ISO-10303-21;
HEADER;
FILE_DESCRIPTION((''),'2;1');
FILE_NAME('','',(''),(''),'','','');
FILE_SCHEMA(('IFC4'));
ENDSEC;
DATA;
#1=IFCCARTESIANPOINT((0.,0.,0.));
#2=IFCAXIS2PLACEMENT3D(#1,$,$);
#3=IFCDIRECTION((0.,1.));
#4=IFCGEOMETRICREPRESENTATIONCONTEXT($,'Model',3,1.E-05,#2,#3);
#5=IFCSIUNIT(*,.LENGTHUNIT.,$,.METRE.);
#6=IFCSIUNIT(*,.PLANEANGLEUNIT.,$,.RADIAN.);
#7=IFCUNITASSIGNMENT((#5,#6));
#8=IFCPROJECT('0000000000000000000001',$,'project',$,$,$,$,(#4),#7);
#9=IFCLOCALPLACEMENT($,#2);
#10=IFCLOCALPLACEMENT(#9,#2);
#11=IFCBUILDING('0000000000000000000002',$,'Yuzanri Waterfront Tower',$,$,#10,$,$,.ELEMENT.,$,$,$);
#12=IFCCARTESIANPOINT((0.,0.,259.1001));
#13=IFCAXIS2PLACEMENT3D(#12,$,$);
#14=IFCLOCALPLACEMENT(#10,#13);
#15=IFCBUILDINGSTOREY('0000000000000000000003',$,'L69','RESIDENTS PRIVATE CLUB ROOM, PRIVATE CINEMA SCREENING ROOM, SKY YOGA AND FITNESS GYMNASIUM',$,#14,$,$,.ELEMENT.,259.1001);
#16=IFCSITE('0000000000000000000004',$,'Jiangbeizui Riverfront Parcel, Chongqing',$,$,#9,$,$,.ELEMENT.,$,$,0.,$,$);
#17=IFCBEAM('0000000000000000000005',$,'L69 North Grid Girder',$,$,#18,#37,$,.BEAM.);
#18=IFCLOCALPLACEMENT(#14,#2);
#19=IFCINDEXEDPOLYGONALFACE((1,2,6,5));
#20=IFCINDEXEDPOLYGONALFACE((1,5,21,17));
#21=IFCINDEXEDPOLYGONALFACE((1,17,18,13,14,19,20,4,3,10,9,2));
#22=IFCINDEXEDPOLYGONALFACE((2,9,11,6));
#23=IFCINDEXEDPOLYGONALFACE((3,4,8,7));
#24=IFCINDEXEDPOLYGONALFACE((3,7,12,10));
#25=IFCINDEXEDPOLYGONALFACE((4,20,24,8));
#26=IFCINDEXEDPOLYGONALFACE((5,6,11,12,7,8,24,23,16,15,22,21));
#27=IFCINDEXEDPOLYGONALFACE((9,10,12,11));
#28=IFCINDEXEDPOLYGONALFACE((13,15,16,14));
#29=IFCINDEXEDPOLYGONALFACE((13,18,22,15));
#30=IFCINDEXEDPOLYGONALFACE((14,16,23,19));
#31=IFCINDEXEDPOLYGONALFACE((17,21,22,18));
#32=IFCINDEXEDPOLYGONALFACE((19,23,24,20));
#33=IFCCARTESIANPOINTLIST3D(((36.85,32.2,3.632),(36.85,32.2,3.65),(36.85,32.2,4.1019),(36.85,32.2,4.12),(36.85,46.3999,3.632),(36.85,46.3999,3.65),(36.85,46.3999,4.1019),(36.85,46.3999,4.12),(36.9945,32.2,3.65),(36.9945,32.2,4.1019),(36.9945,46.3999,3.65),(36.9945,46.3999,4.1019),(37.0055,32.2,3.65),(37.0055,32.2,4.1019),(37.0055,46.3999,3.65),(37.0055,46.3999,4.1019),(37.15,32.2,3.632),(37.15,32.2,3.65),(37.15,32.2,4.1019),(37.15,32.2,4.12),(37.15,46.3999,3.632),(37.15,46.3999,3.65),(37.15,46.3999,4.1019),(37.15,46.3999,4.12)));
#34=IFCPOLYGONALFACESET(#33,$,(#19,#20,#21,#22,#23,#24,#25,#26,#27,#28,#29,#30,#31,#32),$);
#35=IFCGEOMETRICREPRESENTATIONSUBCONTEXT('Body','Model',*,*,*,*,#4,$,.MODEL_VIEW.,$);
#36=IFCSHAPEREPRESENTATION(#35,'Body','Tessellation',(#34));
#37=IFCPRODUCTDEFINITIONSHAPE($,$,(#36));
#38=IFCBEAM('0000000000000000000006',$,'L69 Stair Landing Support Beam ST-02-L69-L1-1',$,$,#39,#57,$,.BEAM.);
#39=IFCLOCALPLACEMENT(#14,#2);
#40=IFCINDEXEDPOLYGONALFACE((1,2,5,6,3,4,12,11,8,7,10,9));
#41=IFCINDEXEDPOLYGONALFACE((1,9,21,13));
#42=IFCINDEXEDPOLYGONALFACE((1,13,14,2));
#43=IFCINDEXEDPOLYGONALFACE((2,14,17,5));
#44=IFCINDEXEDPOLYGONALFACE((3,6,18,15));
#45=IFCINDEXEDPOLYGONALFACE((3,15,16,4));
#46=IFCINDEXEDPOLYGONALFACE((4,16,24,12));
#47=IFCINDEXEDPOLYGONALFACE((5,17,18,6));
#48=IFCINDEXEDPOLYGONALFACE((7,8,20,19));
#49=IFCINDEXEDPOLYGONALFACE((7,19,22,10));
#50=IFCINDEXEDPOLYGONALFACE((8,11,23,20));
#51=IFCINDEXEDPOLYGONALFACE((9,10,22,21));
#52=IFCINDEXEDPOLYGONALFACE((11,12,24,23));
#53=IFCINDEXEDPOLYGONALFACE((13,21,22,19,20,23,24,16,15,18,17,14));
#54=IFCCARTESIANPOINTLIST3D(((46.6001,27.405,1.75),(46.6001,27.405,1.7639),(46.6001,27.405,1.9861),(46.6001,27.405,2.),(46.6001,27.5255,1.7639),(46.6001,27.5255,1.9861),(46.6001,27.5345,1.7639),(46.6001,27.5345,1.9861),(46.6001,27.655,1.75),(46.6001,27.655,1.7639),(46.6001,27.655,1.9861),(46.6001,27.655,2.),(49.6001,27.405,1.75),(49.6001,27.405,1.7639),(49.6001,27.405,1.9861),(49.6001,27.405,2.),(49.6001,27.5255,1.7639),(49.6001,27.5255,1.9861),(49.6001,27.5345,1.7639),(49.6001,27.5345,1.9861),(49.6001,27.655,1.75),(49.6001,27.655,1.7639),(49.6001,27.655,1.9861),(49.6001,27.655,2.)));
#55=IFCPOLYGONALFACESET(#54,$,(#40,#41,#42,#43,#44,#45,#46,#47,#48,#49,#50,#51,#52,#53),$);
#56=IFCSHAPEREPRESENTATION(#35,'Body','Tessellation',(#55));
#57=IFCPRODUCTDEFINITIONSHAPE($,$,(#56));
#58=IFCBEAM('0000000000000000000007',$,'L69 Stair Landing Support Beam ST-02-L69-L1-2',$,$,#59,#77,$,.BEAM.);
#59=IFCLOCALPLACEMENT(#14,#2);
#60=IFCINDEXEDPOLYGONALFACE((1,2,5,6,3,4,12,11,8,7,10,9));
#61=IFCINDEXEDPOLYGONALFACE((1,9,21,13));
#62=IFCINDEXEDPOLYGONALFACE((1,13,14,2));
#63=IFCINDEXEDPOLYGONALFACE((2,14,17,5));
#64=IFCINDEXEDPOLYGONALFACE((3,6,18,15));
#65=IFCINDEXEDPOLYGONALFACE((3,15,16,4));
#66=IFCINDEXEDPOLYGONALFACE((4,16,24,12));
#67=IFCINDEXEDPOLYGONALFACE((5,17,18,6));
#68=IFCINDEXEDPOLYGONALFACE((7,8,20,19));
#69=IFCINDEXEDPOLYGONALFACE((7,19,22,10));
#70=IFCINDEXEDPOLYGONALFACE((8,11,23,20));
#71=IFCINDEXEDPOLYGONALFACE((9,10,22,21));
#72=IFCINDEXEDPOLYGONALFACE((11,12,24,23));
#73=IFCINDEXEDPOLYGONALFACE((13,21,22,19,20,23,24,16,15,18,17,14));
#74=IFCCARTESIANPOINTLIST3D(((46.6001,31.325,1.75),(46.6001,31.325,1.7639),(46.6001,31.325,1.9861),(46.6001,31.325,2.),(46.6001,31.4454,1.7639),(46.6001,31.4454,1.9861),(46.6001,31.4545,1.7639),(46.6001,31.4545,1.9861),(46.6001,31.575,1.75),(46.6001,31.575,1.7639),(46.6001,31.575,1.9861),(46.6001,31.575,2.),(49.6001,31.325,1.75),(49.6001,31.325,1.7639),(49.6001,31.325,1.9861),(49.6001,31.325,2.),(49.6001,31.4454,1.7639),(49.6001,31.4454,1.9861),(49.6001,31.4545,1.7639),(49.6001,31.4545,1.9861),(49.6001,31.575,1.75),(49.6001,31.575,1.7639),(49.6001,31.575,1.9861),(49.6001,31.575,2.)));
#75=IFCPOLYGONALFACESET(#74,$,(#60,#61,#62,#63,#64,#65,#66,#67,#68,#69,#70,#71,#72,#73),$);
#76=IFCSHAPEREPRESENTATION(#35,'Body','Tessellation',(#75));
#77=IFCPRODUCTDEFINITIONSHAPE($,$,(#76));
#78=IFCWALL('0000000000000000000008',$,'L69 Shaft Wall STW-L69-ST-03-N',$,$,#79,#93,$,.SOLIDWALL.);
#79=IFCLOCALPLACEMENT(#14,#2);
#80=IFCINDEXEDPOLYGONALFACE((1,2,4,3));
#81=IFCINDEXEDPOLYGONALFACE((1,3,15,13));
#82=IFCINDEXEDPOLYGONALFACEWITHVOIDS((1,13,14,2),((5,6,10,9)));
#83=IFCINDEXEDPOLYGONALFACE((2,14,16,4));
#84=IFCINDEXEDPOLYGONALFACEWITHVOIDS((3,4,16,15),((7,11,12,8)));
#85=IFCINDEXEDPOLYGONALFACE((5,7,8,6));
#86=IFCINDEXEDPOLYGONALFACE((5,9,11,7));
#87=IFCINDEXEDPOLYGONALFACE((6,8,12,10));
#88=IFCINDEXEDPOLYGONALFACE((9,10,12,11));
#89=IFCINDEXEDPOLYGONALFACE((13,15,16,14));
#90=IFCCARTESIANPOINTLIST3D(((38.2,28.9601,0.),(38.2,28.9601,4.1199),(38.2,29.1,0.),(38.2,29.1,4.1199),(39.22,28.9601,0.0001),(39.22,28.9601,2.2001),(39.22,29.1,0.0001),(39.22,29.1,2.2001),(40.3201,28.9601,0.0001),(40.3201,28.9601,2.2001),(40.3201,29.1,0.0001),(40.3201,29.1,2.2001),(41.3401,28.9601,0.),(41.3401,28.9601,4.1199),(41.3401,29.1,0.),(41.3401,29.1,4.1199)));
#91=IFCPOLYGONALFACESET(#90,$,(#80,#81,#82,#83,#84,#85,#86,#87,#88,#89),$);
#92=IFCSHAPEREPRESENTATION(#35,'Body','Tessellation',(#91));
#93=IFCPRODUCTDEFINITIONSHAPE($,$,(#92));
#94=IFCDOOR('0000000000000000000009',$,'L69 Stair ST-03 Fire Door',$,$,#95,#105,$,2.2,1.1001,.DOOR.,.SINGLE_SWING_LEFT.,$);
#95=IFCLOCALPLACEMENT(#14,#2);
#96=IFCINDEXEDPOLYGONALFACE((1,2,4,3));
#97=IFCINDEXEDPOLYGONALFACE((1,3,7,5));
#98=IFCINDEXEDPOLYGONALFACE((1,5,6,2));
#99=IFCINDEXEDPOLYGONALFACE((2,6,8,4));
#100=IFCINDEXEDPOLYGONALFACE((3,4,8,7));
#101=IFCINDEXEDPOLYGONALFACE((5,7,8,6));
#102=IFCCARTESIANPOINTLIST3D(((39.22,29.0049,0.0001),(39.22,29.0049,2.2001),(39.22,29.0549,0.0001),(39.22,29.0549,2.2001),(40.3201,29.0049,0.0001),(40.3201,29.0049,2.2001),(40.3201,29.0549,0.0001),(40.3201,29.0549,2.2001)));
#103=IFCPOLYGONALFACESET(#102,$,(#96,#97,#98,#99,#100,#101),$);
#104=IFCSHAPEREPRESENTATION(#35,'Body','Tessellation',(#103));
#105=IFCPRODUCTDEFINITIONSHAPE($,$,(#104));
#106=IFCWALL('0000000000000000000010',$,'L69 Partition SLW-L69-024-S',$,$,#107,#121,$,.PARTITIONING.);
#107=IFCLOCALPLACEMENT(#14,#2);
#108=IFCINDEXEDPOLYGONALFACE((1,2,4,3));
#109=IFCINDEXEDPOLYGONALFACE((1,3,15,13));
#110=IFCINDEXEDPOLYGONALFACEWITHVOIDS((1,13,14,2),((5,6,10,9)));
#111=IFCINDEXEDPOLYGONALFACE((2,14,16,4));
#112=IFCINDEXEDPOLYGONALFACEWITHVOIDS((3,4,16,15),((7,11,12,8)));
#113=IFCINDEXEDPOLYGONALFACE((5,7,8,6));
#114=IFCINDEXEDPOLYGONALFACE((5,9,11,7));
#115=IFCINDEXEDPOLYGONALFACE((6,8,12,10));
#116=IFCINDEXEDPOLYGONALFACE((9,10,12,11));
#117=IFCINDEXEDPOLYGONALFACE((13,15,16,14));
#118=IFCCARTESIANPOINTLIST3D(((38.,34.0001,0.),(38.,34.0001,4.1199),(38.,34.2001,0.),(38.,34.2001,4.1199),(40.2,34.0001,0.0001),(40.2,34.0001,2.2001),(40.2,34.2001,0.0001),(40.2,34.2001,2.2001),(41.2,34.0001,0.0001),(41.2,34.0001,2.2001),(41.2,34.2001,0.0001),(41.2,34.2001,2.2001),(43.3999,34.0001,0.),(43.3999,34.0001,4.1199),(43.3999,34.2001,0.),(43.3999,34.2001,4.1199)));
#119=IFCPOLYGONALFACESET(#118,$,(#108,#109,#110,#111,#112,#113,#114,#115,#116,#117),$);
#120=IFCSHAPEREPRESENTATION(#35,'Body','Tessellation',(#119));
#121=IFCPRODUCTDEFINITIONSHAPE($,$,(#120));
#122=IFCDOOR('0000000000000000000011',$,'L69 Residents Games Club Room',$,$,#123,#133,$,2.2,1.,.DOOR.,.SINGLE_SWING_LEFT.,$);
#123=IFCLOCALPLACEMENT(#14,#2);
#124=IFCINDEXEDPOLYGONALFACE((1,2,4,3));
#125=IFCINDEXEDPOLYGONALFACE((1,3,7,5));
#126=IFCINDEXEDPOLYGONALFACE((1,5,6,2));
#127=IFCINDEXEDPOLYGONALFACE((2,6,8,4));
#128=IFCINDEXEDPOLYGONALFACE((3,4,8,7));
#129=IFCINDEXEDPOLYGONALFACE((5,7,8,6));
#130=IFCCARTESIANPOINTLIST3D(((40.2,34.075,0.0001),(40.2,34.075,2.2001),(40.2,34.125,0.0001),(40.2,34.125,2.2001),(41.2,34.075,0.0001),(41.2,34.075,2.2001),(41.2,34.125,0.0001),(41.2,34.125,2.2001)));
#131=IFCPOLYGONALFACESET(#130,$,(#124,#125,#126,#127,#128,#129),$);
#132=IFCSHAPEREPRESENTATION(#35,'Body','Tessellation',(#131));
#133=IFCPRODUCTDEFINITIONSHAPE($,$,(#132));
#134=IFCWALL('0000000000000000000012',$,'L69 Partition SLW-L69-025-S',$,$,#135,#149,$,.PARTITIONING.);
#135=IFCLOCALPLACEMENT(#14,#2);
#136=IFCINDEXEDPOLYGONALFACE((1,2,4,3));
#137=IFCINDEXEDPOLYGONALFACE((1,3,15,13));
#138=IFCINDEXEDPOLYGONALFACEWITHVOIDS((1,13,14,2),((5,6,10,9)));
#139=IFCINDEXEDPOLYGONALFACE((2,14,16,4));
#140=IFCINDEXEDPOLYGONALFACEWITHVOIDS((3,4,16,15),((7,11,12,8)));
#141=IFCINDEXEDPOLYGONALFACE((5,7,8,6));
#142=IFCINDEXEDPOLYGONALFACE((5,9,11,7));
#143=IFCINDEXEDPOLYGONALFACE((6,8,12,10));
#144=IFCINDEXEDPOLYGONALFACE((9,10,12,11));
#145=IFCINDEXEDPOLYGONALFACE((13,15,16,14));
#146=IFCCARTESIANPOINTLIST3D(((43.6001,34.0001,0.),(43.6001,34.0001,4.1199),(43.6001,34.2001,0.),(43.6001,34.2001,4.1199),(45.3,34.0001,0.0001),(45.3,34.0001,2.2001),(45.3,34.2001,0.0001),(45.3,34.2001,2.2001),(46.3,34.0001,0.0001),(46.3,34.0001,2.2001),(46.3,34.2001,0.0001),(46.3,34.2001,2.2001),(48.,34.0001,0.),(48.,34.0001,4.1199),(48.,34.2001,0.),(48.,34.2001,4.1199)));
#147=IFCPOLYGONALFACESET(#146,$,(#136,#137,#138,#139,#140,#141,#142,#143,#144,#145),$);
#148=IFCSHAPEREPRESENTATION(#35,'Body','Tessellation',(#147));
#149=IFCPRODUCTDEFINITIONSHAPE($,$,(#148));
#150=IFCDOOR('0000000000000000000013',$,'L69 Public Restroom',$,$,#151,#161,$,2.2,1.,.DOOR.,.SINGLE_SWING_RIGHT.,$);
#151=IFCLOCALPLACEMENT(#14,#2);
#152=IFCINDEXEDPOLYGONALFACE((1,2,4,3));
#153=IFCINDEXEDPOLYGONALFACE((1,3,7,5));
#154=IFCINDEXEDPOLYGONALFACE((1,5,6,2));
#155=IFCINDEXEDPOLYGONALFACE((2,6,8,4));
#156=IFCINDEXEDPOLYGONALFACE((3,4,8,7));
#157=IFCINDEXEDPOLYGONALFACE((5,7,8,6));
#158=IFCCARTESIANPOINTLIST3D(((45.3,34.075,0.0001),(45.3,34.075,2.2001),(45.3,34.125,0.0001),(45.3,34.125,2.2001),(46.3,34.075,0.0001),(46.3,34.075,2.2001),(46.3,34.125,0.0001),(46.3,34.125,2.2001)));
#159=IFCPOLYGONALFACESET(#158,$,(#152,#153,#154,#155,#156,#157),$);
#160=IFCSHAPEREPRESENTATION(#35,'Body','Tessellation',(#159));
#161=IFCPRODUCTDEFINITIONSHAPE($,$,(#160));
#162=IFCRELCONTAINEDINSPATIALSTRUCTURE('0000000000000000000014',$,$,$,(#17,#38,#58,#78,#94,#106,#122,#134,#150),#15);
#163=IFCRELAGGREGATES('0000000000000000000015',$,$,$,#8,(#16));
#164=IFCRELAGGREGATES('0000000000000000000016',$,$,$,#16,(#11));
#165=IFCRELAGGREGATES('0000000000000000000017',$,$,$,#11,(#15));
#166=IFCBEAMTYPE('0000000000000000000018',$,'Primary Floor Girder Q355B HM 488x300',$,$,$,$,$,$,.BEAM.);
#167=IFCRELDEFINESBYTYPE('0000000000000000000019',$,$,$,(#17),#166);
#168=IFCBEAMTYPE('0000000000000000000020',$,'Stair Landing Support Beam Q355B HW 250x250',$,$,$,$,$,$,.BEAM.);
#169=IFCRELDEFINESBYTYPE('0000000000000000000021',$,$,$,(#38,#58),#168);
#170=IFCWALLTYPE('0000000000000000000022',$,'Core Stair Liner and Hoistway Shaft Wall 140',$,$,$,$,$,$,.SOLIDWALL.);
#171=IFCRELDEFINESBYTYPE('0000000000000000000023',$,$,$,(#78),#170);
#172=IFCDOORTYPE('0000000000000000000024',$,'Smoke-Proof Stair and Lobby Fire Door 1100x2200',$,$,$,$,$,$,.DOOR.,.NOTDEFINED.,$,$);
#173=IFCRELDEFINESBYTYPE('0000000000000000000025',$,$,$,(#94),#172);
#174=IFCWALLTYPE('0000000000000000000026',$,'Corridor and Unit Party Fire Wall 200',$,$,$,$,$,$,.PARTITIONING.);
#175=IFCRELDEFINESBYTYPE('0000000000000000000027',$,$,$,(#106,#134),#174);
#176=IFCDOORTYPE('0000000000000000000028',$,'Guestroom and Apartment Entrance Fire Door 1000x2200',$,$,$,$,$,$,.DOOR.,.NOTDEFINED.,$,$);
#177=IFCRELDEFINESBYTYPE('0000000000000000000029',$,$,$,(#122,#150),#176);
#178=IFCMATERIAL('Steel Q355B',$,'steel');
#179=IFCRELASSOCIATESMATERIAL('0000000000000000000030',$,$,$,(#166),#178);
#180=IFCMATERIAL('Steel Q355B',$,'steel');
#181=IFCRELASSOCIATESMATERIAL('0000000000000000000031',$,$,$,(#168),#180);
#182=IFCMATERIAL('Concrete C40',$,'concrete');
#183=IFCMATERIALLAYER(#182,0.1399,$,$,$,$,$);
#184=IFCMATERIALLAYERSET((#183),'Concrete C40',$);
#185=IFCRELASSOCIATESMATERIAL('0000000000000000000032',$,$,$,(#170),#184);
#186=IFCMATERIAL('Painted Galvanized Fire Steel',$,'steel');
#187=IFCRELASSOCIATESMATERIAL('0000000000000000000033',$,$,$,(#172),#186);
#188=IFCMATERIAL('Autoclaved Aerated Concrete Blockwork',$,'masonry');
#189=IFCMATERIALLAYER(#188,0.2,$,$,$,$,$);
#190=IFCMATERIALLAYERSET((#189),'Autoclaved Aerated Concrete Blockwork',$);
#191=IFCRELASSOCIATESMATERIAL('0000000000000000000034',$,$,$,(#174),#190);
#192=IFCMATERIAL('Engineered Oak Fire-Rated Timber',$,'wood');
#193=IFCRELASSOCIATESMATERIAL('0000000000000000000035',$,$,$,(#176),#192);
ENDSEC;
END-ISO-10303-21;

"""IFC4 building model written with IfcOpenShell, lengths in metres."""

from ifc_helpers import new_model, si_unit, direction, frame, frame_2d, origin, origin_2d, place, context, subcontext, project, spatial, rectangle, i_section, extrude, source, transform, mapped, material, layer, layer_set, material_profile, profile_set, type_object, element, fill, save


model = new_model("IFC4")

# Units and contexts
model_context = context("Model", 3, precision=1e-05, world=origin(), true_north=direction((0.0, 1.0)))
body_context = subcontext(model_context, "Body", "Model", "MODEL_VIEW")
ifc_project = project(units=[si_unit("LENGTHUNIT", "METRE"), si_unit("PLANEANGLEUNIT", "RADIAN")], contexts=[model_context])

# Site, building, storey
site_placement = place(None, origin())
site = spatial("IfcSite", under=ifc_project, at=site_placement, Name="Jiangbeizui Riverfront Parcel, Chongqing", CompositionType="ELEMENT", RefElevation=0.0)
building_placement = place(site_placement, origin())
building = spatial("IfcBuilding", under=site, at=building_placement, Name="Yuzanri Waterfront Tower", CompositionType="ELEMENT")
storey_placement = place(building_placement, frame((0.0, 0.0, 259.1001)))
storey = spatial("IfcBuildingStorey", under=building, at=storey_placement, Name="L69", Description="RESIDENTS PRIVATE CLUB ROOM, PRIVATE CINEMA SCREENING ROOM, SKY YOGA AND FITNESS GYMNASIUM", CompositionType="ELEMENT", Elevation=259.1001)

# Beams
ifc_material_1 = material(Name="Steel Q355B", Category="steel")
ifc_material_profile_1 = material_profile(ifc_material_1, i_section(OverallWidth=0.3, OverallDepth=0.488, WebThickness=0.011, FlangeThickness=0.0181, at=origin_2d()), Name="HM 488x300x11x18")
ifc_profile_set_1 = profile_set([ifc_material_profile_1], Name="Steel Q355B")
beam_type_1 = type_object("IfcBeamType", Name="Primary Floor Girder Q355B HM 488x300", PredefinedType="BEAM", material=ifc_profile_set_1)
shared_shape_1 = source(origin(), body_context, "Body", "SweptSolid", [
    extrude(i_section(OverallWidth=0.3, OverallDepth=0.488, WebThickness=0.011, FlangeThickness=0.0181, at=origin_2d()), origin(), (0.0, 0.0, 1.0), 14.2),
])
beam_placement = place(storey_placement, frame((37.0, 32.2, 3.876), z_axis=(0.0, 1.0, 0.0), x_axis=(-1.0, 0.0, 0.0)))
element("IfcBeam", 1, at=beam_placement, inside=storey, type_object=beam_type_1, Name="L69 North Grid Girder", PredefinedType="BEAM", context=body_context, shape_type="MappedRepresentation", body=[
    mapped(shared_shape_1, transform((0.0, 0.0, 0.0), scale=1.0)),
])
ifc_material_2 = material(Name="Steel Q355B", Category="steel")
ifc_material_profile_2 = material_profile(ifc_material_2, i_section(OverallWidth=0.25, OverallDepth=0.25, WebThickness=0.009, FlangeThickness=0.0139, at=origin_2d()), Name="HW 250x250x9x14")
ifc_profile_set_2 = profile_set([ifc_material_profile_2], Name="Steel Q355B")
beam_type_2 = type_object("IfcBeamType", Name="Stair Landing Support Beam Q355B HW 250x250", PredefinedType="BEAM", material=ifc_profile_set_2)
shared_shape_2 = source(origin(), body_context, "Body", "SweptSolid", [
    extrude(i_section(OverallWidth=0.25, OverallDepth=0.25, WebThickness=0.009, FlangeThickness=0.0139, at=origin_2d()), origin(), (0.0, 0.0, 1.0), 3.0),
])
for number, where, z_axis, x_axis, name in (
    (2, (46.6001, 27.53, 1.875), (1.0, 0.0, 0.0), (0.0, 1.0, 0.0), "L69 Stair Landing Support Beam ST-02-L69-L1-1"),
    (3, (46.6001, 31.45, 1.875), (1.0, 0.0, 0.0), (0.0, 1.0, 0.0), "L69 Stair Landing Support Beam ST-02-L69-L1-2"),
):
    element("IfcBeam", number, at=place(storey_placement, frame(where, z_axis=z_axis, x_axis=x_axis)), inside=storey, type_object=beam_type_2, Name=name, PredefinedType="BEAM", context=body_context, shape_type="MappedRepresentation", body=[
        mapped(shared_shape_2, transform((0.0, 0.0, 0.0), scale=1.0)),
    ])

# Walls, openings, doors
ifc_material_3 = material(Name="Concrete C40", Category="concrete")
ifc_layer_1 = layer(ifc_material_3, 0.1399)
ifc_layer_set_1 = layer_set([ifc_layer_1], Name="Concrete C40")
wall_type_1 = type_object("IfcWallType", Name="Core Stair Liner and Hoistway Shaft Wall 140", PredefinedType="SOLIDWALL", material=ifc_layer_set_1)
wall_1_placement = place(storey_placement, frame((38.2, 29.03, 0.0), z_axis=(0.0, 0.0, 1.0), x_axis=(1.0, 0.0, 0.0)))
wall_1 = element("IfcWall", 4, at=wall_1_placement, inside=storey, type_object=wall_type_1, Name="L69 Shaft Wall STW-L69-ST-03-N", PredefinedType="SOLIDWALL", context=body_context, shape_type="SweptSolid", body=[
    extrude(rectangle(XDim=3.1401, YDim=0.1399, at=frame_2d((1.5701, 0.0))), origin(), (0.0, 0.0, 1.0), 4.1199),
])
opening_1_placement = place(wall_1_placement, frame((1.02, 0.0, 0.0)))
opening_1 = element("IfcOpeningElement", 5, at=opening_1_placement, cuts=wall_1, PredefinedType="OPENING", context=body_context, shape_type="SweptSolid", body=[
    extrude(rectangle(XDim=1.1001, YDim=2.2, at=frame_2d((0.55, 1.1001))), frame((0.0, 0.085, 0.0), z_axis=(0.0, -1.0, 0.0), x_axis=(1.0, 0.0, 0.0)), (0.0, 0.0, 1.0), 0.1697),
])
ifc_material_4 = material(Name="Painted Galvanized Fire Steel", Category="steel")
door_type_1 = type_object("IfcDoorType", Name="Smoke-Proof Stair and Lobby Fire Door 1100x2200", OperationType="NOTDEFINED", PredefinedType="DOOR", material=ifc_material_4)
shared_shape_3 = source(origin(), body_context, "Body", "SweptSolid", [
    extrude(rectangle(XDim=1.1001, YDim=2.2, at=frame_2d((0.55, 1.1001))), frame((0.0, 0.0249, 0.0), z_axis=(0.0, -1.0, 0.0), x_axis=(1.0, 0.0, 0.0)), (0.0, 0.0, 1.0), 0.05),
])
door_1_placement = place(opening_1_placement, origin())
door_1 = element("IfcDoor", 6, at=door_1_placement, inside=storey, type_object=door_type_1, Name="L69 Stair ST-03 Fire Door", OperationType="SINGLE_SWING_LEFT", OverallHeight=2.2, OverallWidth=1.1001, PredefinedType="DOOR", context=body_context, shape_type="MappedRepresentation", body=[
    mapped(shared_shape_3, transform((0.0, 0.0, 0.0), scale=1.0)),
])
fill(opening_1, door_1)
ifc_material_5 = material(Name="Autoclaved Aerated Concrete Blockwork", Category="masonry")
ifc_layer_2 = layer(ifc_material_5, 0.2)
ifc_layer_set_2 = layer_set([ifc_layer_2], Name="Autoclaved Aerated Concrete Blockwork")
wall_type_2 = type_object("IfcWallType", Name="Corridor and Unit Party Fire Wall 200", PredefinedType="PARTITIONING", material=ifc_layer_set_2)
wall_2_placement = place(storey_placement, frame((38.0, 34.1001, 0.0), z_axis=(0.0, 0.0, 1.0), x_axis=(1.0, 0.0, 0.0)))
wall_2 = element("IfcWall", 7, at=wall_2_placement, inside=storey, type_object=wall_type_2, Name="L69 Partition SLW-L69-024-S", PredefinedType="PARTITIONING", context=body_context, shape_type="SweptSolid", body=[
    extrude(rectangle(XDim=5.3999, YDim=0.2, at=frame_2d((2.7, 0.0))), origin(), (0.0, 0.0, 1.0), 4.1199),
])
opening_2_placement = place(wall_2_placement, frame((2.2, 0.0, 0.0)))
opening_2 = element("IfcOpeningElement", 8, at=opening_2_placement, cuts=wall_2, PredefinedType="OPENING", context=body_context, shape_type="SweptSolid", body=[
    extrude(rectangle(XDim=1.0, YDim=2.2, at=frame_2d((0.5, 1.1001))), frame((0.0, 0.1147, 0.0), z_axis=(0.0, -1.0, 0.0), x_axis=(1.0, 0.0, 0.0)), (0.0, 0.0, 1.0), 0.2297),
])
ifc_material_6 = material(Name="Engineered Oak Fire-Rated Timber", Category="wood")
door_type_2 = type_object("IfcDoorType", Name="Guestroom and Apartment Entrance Fire Door 1000x2200", OperationType="NOTDEFINED", PredefinedType="DOOR", material=ifc_material_6)
shared_shape_4 = source(origin(), body_context, "Body", "SweptSolid", [
    extrude(rectangle(XDim=1.0, YDim=2.2, at=frame_2d((0.5, 1.1001))), frame((0.0, 0.0249, 0.0), z_axis=(0.0, -1.0, 0.0), x_axis=(1.0, 0.0, 0.0)), (0.0, 0.0, 1.0), 0.05),
])
door_2_placement = place(opening_2_placement, origin())
door_2 = element("IfcDoor", 9, at=door_2_placement, inside=storey, type_object=door_type_2, Name="L69 Residents Games Club Room", OperationType="SINGLE_SWING_LEFT", OverallHeight=2.2, OverallWidth=1.0, PredefinedType="DOOR", context=body_context, shape_type="MappedRepresentation", body=[
    mapped(shared_shape_4, transform((0.0, 0.0, 0.0), scale=1.0)),
])
fill(opening_2, door_2)
wall_3_placement = place(storey_placement, frame((43.6001, 34.1001, 0.0), z_axis=(0.0, 0.0, 1.0), x_axis=(1.0, 0.0, 0.0)))
wall_3 = element("IfcWall", 10, at=wall_3_placement, inside=storey, type_object=wall_type_2, Name="L69 Partition SLW-L69-025-S", PredefinedType="PARTITIONING", context=body_context, shape_type="SweptSolid", body=[
    extrude(rectangle(XDim=4.3999, YDim=0.2, at=frame_2d((2.2, 0.0))), origin(), (0.0, 0.0, 1.0), 4.1199),
])
opening_3_placement = place(wall_3_placement, frame((1.7, 0.0, 0.0)))
opening_3 = element("IfcOpeningElement", 11, at=opening_3_placement, cuts=wall_3, PredefinedType="OPENING", context=body_context, shape_type="SweptSolid", body=[
    extrude(rectangle(XDim=1.0, YDim=2.2, at=frame_2d((0.5, 1.1001))), frame((0.0, 0.1147, 0.0), z_axis=(0.0, -1.0, 0.0), x_axis=(1.0, 0.0, 0.0)), (0.0, 0.0, 1.0), 0.2297),
])
door_3_placement = place(opening_3_placement, origin())
door_3 = element("IfcDoor", 12, at=door_3_placement, inside=storey, type_object=door_type_2, Name="L69 Public Restroom", OperationType="SINGLE_SWING_RIGHT", OverallHeight=2.2, OverallWidth=1.0, PredefinedType="DOOR", context=body_context, shape_type="MappedRepresentation", body=[
    mapped(shared_shape_4, transform((0.0, 0.0, 0.0), scale=1.0)),
])
fill(opening_3, door_3)

save(model, "model.ifc")
